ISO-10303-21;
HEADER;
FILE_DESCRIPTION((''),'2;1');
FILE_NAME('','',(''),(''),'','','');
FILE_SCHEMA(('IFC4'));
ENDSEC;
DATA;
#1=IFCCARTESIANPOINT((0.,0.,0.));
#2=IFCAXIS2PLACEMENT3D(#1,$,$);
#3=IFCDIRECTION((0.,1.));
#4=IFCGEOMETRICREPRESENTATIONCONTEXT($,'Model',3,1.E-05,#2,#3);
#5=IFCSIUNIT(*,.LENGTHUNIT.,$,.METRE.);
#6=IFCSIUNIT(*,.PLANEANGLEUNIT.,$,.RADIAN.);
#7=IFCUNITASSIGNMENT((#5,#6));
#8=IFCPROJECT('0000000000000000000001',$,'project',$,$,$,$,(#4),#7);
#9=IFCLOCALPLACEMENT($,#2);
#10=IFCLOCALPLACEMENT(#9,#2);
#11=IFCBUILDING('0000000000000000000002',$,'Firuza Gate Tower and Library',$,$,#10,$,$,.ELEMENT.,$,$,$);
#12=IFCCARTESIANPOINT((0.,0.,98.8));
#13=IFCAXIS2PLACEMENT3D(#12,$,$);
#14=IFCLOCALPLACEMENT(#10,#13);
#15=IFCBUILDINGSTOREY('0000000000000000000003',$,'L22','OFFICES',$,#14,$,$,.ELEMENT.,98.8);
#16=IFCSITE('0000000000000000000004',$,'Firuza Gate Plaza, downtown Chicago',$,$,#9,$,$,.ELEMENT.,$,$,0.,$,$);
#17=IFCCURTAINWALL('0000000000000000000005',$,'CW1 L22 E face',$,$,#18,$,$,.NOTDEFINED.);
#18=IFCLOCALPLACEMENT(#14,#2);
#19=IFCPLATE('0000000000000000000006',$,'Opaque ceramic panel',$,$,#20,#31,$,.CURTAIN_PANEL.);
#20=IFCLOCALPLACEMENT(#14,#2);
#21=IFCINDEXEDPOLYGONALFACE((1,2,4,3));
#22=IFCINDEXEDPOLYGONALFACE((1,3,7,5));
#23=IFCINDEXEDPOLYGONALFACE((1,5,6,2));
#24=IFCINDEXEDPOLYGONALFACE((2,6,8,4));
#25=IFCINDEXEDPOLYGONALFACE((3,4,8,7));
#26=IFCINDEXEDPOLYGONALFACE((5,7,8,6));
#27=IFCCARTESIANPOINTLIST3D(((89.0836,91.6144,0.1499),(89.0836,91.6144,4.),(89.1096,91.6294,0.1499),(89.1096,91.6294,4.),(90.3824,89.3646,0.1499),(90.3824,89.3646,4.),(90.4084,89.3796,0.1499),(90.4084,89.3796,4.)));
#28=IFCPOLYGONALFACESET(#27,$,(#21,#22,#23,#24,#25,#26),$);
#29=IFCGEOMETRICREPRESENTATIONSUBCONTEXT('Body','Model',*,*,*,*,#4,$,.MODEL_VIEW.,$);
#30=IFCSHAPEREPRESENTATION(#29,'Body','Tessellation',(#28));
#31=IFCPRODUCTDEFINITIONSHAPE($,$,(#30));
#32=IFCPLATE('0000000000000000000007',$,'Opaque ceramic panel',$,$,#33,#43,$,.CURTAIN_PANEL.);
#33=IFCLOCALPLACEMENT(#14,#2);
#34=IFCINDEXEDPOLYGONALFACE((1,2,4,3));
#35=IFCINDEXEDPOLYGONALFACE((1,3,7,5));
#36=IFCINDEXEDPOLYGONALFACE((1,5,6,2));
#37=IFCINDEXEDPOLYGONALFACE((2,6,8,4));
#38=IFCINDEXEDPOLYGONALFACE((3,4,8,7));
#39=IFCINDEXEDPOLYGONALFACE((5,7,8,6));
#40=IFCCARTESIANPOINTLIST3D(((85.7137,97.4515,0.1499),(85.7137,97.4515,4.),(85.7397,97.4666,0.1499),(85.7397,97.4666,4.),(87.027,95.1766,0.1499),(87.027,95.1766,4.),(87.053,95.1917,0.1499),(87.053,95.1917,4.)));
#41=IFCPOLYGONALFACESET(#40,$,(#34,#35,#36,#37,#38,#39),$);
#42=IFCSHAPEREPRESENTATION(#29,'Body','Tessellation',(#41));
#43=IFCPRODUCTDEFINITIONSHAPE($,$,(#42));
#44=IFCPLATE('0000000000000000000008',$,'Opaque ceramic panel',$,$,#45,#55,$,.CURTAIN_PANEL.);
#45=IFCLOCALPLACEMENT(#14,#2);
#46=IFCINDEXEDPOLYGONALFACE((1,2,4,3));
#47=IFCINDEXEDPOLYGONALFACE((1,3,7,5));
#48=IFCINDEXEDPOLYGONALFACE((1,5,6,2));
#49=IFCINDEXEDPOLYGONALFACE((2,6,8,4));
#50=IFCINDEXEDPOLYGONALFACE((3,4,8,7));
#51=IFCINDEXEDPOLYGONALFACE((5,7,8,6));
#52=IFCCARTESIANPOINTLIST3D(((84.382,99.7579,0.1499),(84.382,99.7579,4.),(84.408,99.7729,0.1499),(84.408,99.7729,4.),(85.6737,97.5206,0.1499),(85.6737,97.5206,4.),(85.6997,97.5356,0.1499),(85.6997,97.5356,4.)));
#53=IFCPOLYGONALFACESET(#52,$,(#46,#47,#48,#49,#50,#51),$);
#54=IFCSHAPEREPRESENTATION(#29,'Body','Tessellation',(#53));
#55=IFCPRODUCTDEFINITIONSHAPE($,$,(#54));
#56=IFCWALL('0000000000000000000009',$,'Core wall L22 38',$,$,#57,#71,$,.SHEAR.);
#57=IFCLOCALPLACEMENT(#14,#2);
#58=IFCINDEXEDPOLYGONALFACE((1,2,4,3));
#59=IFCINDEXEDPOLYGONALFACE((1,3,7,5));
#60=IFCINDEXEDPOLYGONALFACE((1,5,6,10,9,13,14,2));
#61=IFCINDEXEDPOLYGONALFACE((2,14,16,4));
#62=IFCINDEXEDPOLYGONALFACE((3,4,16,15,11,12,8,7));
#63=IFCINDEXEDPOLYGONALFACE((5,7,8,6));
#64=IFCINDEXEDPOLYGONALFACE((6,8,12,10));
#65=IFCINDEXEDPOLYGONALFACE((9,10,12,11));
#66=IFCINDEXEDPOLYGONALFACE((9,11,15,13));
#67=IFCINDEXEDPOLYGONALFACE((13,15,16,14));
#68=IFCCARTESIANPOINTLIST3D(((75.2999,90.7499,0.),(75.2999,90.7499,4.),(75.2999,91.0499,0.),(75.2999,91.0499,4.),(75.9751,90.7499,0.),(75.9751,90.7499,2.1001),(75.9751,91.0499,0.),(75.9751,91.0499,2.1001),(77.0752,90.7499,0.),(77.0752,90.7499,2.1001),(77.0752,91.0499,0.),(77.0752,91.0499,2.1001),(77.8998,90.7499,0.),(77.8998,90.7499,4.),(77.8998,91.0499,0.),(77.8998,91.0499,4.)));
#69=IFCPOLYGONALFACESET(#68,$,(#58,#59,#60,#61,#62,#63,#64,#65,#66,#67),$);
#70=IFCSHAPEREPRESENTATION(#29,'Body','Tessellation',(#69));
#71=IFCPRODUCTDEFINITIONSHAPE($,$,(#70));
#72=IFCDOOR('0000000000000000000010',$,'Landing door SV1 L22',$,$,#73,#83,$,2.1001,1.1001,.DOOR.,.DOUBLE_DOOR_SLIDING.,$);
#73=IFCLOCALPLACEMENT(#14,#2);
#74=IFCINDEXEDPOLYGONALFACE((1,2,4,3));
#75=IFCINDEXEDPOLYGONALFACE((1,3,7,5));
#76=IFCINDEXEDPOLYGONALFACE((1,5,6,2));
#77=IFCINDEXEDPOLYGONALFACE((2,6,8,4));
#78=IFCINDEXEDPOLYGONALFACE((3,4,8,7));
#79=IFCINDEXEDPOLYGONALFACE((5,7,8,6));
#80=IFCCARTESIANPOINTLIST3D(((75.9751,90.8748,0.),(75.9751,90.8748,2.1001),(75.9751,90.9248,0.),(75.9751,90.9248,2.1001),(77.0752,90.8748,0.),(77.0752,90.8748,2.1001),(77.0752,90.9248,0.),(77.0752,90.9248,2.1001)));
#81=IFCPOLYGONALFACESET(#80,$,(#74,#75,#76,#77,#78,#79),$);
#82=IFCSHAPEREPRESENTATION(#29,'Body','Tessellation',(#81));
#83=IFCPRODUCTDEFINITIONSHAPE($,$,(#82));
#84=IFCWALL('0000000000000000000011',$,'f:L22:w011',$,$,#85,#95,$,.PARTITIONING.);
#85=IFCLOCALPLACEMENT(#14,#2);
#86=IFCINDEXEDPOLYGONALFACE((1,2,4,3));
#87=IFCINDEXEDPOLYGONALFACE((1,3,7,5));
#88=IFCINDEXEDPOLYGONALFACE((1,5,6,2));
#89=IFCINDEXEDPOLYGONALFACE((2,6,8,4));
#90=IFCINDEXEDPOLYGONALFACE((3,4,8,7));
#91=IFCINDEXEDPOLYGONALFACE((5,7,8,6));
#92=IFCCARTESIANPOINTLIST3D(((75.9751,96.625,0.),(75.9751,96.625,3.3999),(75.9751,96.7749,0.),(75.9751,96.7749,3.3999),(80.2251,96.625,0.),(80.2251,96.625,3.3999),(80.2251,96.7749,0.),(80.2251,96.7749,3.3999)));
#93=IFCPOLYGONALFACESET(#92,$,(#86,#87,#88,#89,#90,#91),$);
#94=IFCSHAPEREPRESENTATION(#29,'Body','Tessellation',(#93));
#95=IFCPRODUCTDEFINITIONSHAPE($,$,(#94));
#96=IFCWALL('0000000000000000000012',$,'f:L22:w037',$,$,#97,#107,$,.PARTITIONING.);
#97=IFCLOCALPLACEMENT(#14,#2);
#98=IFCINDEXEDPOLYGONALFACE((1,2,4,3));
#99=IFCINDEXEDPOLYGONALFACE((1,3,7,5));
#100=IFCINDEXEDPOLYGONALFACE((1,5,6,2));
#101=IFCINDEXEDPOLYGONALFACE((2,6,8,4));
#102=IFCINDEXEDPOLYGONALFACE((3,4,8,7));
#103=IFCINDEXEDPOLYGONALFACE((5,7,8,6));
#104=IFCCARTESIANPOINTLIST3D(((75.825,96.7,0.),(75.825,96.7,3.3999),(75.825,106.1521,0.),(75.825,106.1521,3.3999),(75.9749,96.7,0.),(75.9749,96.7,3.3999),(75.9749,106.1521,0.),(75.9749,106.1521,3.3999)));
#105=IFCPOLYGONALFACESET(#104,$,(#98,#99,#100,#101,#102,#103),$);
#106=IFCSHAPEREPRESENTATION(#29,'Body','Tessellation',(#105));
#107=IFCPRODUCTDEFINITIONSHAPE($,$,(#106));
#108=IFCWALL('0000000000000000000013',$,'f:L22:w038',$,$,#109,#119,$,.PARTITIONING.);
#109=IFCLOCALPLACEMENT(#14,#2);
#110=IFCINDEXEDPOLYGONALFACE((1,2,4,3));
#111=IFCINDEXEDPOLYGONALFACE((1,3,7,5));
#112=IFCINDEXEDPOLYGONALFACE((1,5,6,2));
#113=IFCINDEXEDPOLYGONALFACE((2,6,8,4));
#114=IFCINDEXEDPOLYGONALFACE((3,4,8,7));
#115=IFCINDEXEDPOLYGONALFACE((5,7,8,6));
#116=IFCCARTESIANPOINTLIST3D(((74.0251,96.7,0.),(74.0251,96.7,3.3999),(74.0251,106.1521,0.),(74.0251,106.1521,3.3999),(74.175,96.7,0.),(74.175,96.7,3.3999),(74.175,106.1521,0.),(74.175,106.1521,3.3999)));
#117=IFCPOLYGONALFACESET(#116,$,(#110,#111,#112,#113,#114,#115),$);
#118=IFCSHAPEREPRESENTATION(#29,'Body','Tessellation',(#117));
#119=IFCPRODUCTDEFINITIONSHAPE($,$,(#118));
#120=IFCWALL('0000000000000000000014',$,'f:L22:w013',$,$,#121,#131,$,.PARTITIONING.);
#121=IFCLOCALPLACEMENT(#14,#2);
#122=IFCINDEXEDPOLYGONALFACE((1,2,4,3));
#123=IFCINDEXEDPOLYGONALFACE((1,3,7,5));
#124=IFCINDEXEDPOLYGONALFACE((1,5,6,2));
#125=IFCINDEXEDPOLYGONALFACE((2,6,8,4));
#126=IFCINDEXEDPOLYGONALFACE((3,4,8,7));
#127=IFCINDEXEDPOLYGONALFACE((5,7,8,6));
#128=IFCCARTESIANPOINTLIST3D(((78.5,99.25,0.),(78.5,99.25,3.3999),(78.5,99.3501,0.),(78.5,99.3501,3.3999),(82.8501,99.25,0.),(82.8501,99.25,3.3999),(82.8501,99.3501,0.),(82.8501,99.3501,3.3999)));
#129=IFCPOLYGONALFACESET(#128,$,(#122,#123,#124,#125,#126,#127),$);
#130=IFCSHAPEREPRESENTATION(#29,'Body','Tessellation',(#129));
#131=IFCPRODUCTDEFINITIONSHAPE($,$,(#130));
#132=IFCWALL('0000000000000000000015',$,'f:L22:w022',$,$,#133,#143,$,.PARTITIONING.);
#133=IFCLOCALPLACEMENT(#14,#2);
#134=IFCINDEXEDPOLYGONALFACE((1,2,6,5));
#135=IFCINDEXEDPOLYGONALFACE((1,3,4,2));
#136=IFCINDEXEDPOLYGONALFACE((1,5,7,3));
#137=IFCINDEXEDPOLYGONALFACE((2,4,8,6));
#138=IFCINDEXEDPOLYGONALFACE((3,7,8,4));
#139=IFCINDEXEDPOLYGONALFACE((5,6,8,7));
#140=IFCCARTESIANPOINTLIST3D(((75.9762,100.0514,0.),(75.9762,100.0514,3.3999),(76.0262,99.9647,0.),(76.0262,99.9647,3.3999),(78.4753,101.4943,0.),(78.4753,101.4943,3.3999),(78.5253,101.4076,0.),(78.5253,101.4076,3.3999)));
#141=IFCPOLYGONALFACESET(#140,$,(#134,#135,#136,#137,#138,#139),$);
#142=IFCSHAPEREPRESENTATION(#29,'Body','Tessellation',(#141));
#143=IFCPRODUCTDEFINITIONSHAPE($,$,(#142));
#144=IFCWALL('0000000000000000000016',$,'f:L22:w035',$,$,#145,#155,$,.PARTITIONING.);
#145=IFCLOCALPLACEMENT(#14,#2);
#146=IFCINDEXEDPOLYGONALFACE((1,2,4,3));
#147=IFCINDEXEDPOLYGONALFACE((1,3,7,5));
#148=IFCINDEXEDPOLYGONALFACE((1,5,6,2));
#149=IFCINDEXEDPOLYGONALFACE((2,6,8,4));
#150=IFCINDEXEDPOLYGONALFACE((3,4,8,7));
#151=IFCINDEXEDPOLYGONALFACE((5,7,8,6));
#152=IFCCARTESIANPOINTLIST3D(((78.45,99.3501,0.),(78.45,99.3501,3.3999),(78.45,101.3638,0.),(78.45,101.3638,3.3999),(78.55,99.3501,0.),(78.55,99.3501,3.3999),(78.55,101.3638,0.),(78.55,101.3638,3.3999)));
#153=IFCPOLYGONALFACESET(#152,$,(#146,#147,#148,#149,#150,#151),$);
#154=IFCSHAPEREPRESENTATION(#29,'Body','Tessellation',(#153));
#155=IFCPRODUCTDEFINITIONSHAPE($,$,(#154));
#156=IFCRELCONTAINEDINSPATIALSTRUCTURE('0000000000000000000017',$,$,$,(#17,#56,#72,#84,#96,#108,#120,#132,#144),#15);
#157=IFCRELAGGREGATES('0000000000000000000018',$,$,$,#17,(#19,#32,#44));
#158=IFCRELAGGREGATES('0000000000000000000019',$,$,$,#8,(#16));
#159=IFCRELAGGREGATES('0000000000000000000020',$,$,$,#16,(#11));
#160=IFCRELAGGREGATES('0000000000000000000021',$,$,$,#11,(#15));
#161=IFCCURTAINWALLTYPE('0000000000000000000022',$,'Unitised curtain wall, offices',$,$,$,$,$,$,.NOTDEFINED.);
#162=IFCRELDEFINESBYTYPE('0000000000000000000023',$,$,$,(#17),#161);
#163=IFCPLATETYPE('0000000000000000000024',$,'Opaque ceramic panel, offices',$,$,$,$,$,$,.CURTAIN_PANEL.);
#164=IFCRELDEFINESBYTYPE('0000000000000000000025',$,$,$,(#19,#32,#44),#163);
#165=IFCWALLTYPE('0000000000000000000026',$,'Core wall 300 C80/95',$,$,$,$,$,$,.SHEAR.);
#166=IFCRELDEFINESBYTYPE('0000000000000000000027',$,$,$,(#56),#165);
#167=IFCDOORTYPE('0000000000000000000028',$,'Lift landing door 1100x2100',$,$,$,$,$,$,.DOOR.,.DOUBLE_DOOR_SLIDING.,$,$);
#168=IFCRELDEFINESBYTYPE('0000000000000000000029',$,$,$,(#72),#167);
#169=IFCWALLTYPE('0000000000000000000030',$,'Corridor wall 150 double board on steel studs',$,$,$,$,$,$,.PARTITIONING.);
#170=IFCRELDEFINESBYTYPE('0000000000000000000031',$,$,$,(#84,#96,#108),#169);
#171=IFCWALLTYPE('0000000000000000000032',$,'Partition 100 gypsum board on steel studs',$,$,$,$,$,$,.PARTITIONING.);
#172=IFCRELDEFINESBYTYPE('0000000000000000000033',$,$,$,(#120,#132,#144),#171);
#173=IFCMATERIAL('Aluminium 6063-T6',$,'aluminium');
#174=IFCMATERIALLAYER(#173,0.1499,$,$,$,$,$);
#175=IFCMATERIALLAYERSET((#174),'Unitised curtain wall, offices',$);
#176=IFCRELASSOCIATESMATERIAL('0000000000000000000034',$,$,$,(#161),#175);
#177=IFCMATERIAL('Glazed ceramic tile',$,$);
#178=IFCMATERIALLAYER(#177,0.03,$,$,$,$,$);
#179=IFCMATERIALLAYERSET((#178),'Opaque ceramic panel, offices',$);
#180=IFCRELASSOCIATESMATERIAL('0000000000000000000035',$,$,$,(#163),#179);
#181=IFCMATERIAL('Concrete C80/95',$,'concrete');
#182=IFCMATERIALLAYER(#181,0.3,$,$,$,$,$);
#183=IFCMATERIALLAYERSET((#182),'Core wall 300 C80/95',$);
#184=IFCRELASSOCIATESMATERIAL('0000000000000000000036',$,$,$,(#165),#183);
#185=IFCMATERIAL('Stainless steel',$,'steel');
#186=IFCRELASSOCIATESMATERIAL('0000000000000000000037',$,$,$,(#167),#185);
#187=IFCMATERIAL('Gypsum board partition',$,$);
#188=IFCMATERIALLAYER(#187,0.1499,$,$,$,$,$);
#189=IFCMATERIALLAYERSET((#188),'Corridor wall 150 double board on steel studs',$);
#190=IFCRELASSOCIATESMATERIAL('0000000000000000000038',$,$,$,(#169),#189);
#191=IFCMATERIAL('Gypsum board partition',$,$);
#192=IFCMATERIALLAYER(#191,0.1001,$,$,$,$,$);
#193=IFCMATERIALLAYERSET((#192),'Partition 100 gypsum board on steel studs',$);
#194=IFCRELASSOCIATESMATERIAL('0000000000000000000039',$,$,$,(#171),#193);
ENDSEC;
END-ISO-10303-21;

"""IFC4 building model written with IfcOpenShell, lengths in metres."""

from ifc_helpers import new_model, si_unit, direction, frame, frame_2d, origin, place, context, subcontext, project, spatial, polyline, rectangle, outline, extrude, material, layer, layer_set, type_object, element, fill, aggregate, save


model = new_model("IFC4")

# Units and contexts
model_context = context("Model", 3, precision=1e-05, world=origin(), true_north=direction((0.0, 1.0)))
body_context = subcontext(model_context, "Body", "Model", "MODEL_VIEW")
ifc_project = project(units=[si_unit("LENGTHUNIT", "METRE"), si_unit("PLANEANGLEUNIT", "RADIAN")], contexts=[model_context])

# Site, building, storey
site_placement = place(None, origin())
site = spatial("IfcSite", under=ifc_project, at=site_placement, Name="Firuza Gate Plaza, downtown Chicago", CompositionType="ELEMENT", RefElevation=0.0)
building_placement = place(site_placement, origin())
building = spatial("IfcBuilding", under=site, at=building_placement, Name="Firuza Gate Tower and Library", CompositionType="ELEMENT")
storey_placement = place(building_placement, frame((0.0, 0.0, 98.8)))
storey = spatial("IfcBuildingStorey", under=building, at=storey_placement, Name="L22", Description="OFFICES", CompositionType="ELEMENT", Elevation=98.8)

# Curtain wall
ifc_material_1 = material(Name="Aluminium 6063-T6", Category="aluminium")
ifc_layer_1 = layer(ifc_material_1, 0.1499)
ifc_layer_set_1 = layer_set([ifc_layer_1], Name="Unitised curtain wall, offices")
curtain_wall_type = type_object("IfcCurtainWallType", Name="Unitised curtain wall, offices", PredefinedType="NOTDEFINED", material=ifc_layer_set_1)
placement = place(storey_placement, origin())
curtain_wall = element("IfcCurtainWall", 1, at=placement, inside=storey, type_object=curtain_wall_type, Name="CW1 L22 E face", PredefinedType="NOTDEFINED")

# Plates
ifc_material_2 = material(Name="Glazed ceramic tile")
ifc_layer_2 = layer(ifc_material_2, 0.03)
ifc_layer_set_2 = layer_set([ifc_layer_2], Name="Opaque ceramic panel, offices")
plate_type_1 = type_object("IfcPlateType", Name="Opaque ceramic panel, offices", PredefinedType="CURTAIN_PANEL", material=ifc_layer_set_2)
plate_1_placement = place(storey_placement, frame((90.4084, 89.3796, 0.1499), z_axis=(0.866037, 0.49998, 0.0), x_axis=(-0.49998, 0.866037, 0.0)))
plate_1 = element("IfcPlate", 2, at=plate_1_placement, type_object=plate_type_1, Name="Opaque ceramic panel", PredefinedType="CURTAIN_PANEL", context=body_context, shape_type="SweptSolid", body=[
    extrude(outline(polyline([(0.0, 0.0), (2.5978, 0.0), (2.5978, 3.8501), (0.0, 3.8501), (0.0, 0.0)])), origin(), (0.0, 0.0, -1.0), 0.03),
])
plate_2_placement = place(storey_placement, frame((87.053, 95.1917, 0.1499), z_axis=(0.866056, 0.499948, 0.0), x_axis=(-0.499948, 0.866056, 0.0)))
plate_2 = element("IfcPlate", 3, at=plate_2_placement, type_object=plate_type_1, Name="Opaque ceramic panel", PredefinedType="CURTAIN_PANEL", context=body_context, shape_type="SweptSolid", body=[
    extrude(outline(polyline([(0.0, 0.0), (2.6267, 0.0), (2.6267, 3.8501), (0.0, 3.8501), (0.0, 0.0)])), origin(), (0.0, 0.0, -1.0), 0.03),
])
plate_3_placement = place(storey_placement, frame((85.6997, 97.5356, 0.1499), z_axis=(0.866019, 0.500011, 0.0), x_axis=(-0.500011, 0.866019, 0.0)))
plate_3 = element("IfcPlate", 4, at=plate_3_placement, type_object=plate_type_1, Name="Opaque ceramic panel", PredefinedType="CURTAIN_PANEL", context=body_context, shape_type="SweptSolid", body=[
    extrude(outline(polyline([(0.0, 0.0), (2.5834, 0.0), (2.5834, 3.8501), (0.0, 3.8501), (0.0, 0.0)])), origin(), (0.0, 0.0, -1.0), 0.03),
])
aggregate(curtain_wall, [plate_1, plate_2, plate_3])

# Wall, opening, door
ifc_material_3 = material(Name="Concrete C80/95", Category="concrete")
ifc_layer_3 = layer(ifc_material_3, 0.3)
ifc_layer_set_3 = layer_set([ifc_layer_3], Name="Core wall 300 C80/95")
wall_type_1 = type_object("IfcWallType", Name="Core wall 300 C80/95", PredefinedType="SHEAR", material=ifc_layer_set_3)
wall_1_placement = place(storey_placement, frame((75.3, 90.8999, 0.0), z_axis=(0.0, 0.0, 1.0), x_axis=(1.0, 0.0, 0.0)))
wall_1 = element("IfcWall", 5, at=wall_1_placement, inside=storey, type_object=wall_type_1, Name="Core wall L22 38", PredefinedType="SHEAR", context=body_context, shape_type="SweptSolid", body=[
    extrude(rectangle(XDim=2.5999, YDim=0.3, at=frame_2d((1.2998, 0.0))), origin(), (0.0, 0.0, 1.0), 4.0),
])
opening_placement = place(wall_1_placement, frame((0.675, 0.0, 0.0)))
opening = element("IfcOpeningElement", 6, at=opening_placement, cuts=wall_1, PredefinedType="OPENING", context=body_context, shape_type="SweptSolid", body=[
    extrude(rectangle(XDim=1.1001, YDim=2.1001, at=frame_2d((0.55, 1.05))), frame((0.0, 0.1602, 0.0), z_axis=(0.0, -1.0, 0.0), x_axis=(1.0, 0.0, 0.0)), (0.0, 0.0, 1.0), 0.3201),
])
ifc_material_4 = material(Name="Stainless steel", Category="steel")
door_type = type_object("IfcDoorType", Name="Lift landing door 1100x2100", OperationType="DOUBLE_DOOR_SLIDING", PredefinedType="DOOR", material=ifc_material_4)
door_placement = place(opening_placement, origin())
door = element("IfcDoor", 7, at=door_placement, inside=storey, type_object=door_type, Name="Landing door SV1 L22", OperationType="DOUBLE_DOOR_SLIDING", OverallHeight=2.1001, OverallWidth=1.1001, PredefinedType="DOOR", context=body_context, shape_type="SweptSolid", body=[
    extrude(rectangle(XDim=1.1001, YDim=2.1001, at=frame_2d((0.55, 1.05))), frame((0.0, 0.0249, 0.0), z_axis=(0.0, -1.0, 0.0), x_axis=(1.0, 0.0, 0.0)), (0.0, 0.0, 1.0), 0.05),
])
fill(opening, door)

# Walls
ifc_material_5 = material(Name="Gypsum board partition")
ifc_layer_4 = layer(ifc_material_5, 0.1499)
ifc_layer_set_4 = layer_set([ifc_layer_4], Name="Corridor wall 150 double board on steel studs")
wall_type_2 = type_object("IfcWallType", Name="Corridor wall 150 double board on steel studs", PredefinedType="PARTITIONING", material=ifc_layer_set_4)
wall_2_placement = place(storey_placement, frame((75.9751, 96.7, 0.0), z_axis=(0.0, 0.0, 1.0), x_axis=(1.0, 0.0, 0.0)))
element("IfcWall", 8, at=wall_2_placement, inside=storey, type_object=wall_type_2, Name="f:L22:w011", PredefinedType="PARTITIONING", context=body_context, shape_type="SweptSolid", body=[
    extrude(rectangle(XDim=4.25, YDim=0.1499, at=frame_2d((2.125, 0.0))), origin(), (0.0, 0.0, 1.0), 3.3999),
])
for number, where, z_axis, x_axis, name in (
    (9, (75.8999, 96.7, 0.0), (0.0, 0.0, 1.0), (0.0, 1.0, 0.0), "f:L22:w037"),
    (10, (74.1001, 96.7, 0.0), (0.0, 0.0, 1.0), (0.0, 1.0, 0.0), "f:L22:w038"),
):
    element("IfcWall", number, at=place(storey_placement, frame(where, z_axis=z_axis, x_axis=x_axis)), inside=storey, type_object=wall_type_2, Name=name, PredefinedType="PARTITIONING", context=body_context, shape_type="SweptSolid", body=[
        extrude(rectangle(XDim=9.4521, YDim=0.1499, at=frame_2d((4.7261, 0.0))), origin(), (0.0, 0.0, 1.0), 3.3999),
    ])
ifc_material_6 = material(Name="Gypsum board partition")
ifc_layer_5 = layer(ifc_material_6, 0.1001)
ifc_layer_set_5 = layer_set([ifc_layer_5], Name="Partition 100 gypsum board on steel studs")
wall_type_3 = type_object("IfcWallType", Name="Partition 100 gypsum board on steel studs", PredefinedType="PARTITIONING", material=ifc_layer_set_5)
wall_3_placement = place(storey_placement, frame((78.5, 99.3, 0.0), z_axis=(0.0, 0.0, 1.0), x_axis=(1.0, 0.0, 0.0)))
element("IfcWall", 11, at=wall_3_placement, inside=storey, type_object=wall_type_3, Name="f:L22:w013", PredefinedType="PARTITIONING", context=body_context, shape_type="SweptSolid", body=[
    extrude(rectangle(XDim=4.3501, YDim=0.1001, at=frame_2d((2.175, 0.0))), origin(), (0.0, 0.0, 1.0), 3.3999),
])
wall_4_placement = place(storey_placement, frame((76.0012, 100.0081, 0.0), z_axis=(0.0, 0.0, 1.0), x_axis=(0.866017, 0.500015, 0.0)))
element("IfcWall", 12, at=wall_4_placement, inside=storey, type_object=wall_type_3, Name="f:L22:w022", PredefinedType="PARTITIONING", context=body_context, shape_type="SweptSolid", body=[
    extrude(rectangle(XDim=2.8857, YDim=0.1001, at=frame_2d((1.4429, 0.0))), origin(), (0.0, 0.0, 1.0), 3.3999),
])
wall_5_placement = place(storey_placement, frame((78.5, 99.3501, 0.0), z_axis=(0.0, 0.0, 1.0), x_axis=(0.0, 1.0, 0.0)))
element("IfcWall", 13, at=wall_5_placement, inside=storey, type_object=wall_type_3, Name="f:L22:w035", PredefinedType="PARTITIONING", context=body_context, shape_type="SweptSolid", body=[
    extrude(rectangle(XDim=2.0137, YDim=0.1001, at=frame_2d((1.0068, 0.0))), origin(), (0.0, 0.0, 1.0), 3.3999),
])

save(model, "model.ifc")
